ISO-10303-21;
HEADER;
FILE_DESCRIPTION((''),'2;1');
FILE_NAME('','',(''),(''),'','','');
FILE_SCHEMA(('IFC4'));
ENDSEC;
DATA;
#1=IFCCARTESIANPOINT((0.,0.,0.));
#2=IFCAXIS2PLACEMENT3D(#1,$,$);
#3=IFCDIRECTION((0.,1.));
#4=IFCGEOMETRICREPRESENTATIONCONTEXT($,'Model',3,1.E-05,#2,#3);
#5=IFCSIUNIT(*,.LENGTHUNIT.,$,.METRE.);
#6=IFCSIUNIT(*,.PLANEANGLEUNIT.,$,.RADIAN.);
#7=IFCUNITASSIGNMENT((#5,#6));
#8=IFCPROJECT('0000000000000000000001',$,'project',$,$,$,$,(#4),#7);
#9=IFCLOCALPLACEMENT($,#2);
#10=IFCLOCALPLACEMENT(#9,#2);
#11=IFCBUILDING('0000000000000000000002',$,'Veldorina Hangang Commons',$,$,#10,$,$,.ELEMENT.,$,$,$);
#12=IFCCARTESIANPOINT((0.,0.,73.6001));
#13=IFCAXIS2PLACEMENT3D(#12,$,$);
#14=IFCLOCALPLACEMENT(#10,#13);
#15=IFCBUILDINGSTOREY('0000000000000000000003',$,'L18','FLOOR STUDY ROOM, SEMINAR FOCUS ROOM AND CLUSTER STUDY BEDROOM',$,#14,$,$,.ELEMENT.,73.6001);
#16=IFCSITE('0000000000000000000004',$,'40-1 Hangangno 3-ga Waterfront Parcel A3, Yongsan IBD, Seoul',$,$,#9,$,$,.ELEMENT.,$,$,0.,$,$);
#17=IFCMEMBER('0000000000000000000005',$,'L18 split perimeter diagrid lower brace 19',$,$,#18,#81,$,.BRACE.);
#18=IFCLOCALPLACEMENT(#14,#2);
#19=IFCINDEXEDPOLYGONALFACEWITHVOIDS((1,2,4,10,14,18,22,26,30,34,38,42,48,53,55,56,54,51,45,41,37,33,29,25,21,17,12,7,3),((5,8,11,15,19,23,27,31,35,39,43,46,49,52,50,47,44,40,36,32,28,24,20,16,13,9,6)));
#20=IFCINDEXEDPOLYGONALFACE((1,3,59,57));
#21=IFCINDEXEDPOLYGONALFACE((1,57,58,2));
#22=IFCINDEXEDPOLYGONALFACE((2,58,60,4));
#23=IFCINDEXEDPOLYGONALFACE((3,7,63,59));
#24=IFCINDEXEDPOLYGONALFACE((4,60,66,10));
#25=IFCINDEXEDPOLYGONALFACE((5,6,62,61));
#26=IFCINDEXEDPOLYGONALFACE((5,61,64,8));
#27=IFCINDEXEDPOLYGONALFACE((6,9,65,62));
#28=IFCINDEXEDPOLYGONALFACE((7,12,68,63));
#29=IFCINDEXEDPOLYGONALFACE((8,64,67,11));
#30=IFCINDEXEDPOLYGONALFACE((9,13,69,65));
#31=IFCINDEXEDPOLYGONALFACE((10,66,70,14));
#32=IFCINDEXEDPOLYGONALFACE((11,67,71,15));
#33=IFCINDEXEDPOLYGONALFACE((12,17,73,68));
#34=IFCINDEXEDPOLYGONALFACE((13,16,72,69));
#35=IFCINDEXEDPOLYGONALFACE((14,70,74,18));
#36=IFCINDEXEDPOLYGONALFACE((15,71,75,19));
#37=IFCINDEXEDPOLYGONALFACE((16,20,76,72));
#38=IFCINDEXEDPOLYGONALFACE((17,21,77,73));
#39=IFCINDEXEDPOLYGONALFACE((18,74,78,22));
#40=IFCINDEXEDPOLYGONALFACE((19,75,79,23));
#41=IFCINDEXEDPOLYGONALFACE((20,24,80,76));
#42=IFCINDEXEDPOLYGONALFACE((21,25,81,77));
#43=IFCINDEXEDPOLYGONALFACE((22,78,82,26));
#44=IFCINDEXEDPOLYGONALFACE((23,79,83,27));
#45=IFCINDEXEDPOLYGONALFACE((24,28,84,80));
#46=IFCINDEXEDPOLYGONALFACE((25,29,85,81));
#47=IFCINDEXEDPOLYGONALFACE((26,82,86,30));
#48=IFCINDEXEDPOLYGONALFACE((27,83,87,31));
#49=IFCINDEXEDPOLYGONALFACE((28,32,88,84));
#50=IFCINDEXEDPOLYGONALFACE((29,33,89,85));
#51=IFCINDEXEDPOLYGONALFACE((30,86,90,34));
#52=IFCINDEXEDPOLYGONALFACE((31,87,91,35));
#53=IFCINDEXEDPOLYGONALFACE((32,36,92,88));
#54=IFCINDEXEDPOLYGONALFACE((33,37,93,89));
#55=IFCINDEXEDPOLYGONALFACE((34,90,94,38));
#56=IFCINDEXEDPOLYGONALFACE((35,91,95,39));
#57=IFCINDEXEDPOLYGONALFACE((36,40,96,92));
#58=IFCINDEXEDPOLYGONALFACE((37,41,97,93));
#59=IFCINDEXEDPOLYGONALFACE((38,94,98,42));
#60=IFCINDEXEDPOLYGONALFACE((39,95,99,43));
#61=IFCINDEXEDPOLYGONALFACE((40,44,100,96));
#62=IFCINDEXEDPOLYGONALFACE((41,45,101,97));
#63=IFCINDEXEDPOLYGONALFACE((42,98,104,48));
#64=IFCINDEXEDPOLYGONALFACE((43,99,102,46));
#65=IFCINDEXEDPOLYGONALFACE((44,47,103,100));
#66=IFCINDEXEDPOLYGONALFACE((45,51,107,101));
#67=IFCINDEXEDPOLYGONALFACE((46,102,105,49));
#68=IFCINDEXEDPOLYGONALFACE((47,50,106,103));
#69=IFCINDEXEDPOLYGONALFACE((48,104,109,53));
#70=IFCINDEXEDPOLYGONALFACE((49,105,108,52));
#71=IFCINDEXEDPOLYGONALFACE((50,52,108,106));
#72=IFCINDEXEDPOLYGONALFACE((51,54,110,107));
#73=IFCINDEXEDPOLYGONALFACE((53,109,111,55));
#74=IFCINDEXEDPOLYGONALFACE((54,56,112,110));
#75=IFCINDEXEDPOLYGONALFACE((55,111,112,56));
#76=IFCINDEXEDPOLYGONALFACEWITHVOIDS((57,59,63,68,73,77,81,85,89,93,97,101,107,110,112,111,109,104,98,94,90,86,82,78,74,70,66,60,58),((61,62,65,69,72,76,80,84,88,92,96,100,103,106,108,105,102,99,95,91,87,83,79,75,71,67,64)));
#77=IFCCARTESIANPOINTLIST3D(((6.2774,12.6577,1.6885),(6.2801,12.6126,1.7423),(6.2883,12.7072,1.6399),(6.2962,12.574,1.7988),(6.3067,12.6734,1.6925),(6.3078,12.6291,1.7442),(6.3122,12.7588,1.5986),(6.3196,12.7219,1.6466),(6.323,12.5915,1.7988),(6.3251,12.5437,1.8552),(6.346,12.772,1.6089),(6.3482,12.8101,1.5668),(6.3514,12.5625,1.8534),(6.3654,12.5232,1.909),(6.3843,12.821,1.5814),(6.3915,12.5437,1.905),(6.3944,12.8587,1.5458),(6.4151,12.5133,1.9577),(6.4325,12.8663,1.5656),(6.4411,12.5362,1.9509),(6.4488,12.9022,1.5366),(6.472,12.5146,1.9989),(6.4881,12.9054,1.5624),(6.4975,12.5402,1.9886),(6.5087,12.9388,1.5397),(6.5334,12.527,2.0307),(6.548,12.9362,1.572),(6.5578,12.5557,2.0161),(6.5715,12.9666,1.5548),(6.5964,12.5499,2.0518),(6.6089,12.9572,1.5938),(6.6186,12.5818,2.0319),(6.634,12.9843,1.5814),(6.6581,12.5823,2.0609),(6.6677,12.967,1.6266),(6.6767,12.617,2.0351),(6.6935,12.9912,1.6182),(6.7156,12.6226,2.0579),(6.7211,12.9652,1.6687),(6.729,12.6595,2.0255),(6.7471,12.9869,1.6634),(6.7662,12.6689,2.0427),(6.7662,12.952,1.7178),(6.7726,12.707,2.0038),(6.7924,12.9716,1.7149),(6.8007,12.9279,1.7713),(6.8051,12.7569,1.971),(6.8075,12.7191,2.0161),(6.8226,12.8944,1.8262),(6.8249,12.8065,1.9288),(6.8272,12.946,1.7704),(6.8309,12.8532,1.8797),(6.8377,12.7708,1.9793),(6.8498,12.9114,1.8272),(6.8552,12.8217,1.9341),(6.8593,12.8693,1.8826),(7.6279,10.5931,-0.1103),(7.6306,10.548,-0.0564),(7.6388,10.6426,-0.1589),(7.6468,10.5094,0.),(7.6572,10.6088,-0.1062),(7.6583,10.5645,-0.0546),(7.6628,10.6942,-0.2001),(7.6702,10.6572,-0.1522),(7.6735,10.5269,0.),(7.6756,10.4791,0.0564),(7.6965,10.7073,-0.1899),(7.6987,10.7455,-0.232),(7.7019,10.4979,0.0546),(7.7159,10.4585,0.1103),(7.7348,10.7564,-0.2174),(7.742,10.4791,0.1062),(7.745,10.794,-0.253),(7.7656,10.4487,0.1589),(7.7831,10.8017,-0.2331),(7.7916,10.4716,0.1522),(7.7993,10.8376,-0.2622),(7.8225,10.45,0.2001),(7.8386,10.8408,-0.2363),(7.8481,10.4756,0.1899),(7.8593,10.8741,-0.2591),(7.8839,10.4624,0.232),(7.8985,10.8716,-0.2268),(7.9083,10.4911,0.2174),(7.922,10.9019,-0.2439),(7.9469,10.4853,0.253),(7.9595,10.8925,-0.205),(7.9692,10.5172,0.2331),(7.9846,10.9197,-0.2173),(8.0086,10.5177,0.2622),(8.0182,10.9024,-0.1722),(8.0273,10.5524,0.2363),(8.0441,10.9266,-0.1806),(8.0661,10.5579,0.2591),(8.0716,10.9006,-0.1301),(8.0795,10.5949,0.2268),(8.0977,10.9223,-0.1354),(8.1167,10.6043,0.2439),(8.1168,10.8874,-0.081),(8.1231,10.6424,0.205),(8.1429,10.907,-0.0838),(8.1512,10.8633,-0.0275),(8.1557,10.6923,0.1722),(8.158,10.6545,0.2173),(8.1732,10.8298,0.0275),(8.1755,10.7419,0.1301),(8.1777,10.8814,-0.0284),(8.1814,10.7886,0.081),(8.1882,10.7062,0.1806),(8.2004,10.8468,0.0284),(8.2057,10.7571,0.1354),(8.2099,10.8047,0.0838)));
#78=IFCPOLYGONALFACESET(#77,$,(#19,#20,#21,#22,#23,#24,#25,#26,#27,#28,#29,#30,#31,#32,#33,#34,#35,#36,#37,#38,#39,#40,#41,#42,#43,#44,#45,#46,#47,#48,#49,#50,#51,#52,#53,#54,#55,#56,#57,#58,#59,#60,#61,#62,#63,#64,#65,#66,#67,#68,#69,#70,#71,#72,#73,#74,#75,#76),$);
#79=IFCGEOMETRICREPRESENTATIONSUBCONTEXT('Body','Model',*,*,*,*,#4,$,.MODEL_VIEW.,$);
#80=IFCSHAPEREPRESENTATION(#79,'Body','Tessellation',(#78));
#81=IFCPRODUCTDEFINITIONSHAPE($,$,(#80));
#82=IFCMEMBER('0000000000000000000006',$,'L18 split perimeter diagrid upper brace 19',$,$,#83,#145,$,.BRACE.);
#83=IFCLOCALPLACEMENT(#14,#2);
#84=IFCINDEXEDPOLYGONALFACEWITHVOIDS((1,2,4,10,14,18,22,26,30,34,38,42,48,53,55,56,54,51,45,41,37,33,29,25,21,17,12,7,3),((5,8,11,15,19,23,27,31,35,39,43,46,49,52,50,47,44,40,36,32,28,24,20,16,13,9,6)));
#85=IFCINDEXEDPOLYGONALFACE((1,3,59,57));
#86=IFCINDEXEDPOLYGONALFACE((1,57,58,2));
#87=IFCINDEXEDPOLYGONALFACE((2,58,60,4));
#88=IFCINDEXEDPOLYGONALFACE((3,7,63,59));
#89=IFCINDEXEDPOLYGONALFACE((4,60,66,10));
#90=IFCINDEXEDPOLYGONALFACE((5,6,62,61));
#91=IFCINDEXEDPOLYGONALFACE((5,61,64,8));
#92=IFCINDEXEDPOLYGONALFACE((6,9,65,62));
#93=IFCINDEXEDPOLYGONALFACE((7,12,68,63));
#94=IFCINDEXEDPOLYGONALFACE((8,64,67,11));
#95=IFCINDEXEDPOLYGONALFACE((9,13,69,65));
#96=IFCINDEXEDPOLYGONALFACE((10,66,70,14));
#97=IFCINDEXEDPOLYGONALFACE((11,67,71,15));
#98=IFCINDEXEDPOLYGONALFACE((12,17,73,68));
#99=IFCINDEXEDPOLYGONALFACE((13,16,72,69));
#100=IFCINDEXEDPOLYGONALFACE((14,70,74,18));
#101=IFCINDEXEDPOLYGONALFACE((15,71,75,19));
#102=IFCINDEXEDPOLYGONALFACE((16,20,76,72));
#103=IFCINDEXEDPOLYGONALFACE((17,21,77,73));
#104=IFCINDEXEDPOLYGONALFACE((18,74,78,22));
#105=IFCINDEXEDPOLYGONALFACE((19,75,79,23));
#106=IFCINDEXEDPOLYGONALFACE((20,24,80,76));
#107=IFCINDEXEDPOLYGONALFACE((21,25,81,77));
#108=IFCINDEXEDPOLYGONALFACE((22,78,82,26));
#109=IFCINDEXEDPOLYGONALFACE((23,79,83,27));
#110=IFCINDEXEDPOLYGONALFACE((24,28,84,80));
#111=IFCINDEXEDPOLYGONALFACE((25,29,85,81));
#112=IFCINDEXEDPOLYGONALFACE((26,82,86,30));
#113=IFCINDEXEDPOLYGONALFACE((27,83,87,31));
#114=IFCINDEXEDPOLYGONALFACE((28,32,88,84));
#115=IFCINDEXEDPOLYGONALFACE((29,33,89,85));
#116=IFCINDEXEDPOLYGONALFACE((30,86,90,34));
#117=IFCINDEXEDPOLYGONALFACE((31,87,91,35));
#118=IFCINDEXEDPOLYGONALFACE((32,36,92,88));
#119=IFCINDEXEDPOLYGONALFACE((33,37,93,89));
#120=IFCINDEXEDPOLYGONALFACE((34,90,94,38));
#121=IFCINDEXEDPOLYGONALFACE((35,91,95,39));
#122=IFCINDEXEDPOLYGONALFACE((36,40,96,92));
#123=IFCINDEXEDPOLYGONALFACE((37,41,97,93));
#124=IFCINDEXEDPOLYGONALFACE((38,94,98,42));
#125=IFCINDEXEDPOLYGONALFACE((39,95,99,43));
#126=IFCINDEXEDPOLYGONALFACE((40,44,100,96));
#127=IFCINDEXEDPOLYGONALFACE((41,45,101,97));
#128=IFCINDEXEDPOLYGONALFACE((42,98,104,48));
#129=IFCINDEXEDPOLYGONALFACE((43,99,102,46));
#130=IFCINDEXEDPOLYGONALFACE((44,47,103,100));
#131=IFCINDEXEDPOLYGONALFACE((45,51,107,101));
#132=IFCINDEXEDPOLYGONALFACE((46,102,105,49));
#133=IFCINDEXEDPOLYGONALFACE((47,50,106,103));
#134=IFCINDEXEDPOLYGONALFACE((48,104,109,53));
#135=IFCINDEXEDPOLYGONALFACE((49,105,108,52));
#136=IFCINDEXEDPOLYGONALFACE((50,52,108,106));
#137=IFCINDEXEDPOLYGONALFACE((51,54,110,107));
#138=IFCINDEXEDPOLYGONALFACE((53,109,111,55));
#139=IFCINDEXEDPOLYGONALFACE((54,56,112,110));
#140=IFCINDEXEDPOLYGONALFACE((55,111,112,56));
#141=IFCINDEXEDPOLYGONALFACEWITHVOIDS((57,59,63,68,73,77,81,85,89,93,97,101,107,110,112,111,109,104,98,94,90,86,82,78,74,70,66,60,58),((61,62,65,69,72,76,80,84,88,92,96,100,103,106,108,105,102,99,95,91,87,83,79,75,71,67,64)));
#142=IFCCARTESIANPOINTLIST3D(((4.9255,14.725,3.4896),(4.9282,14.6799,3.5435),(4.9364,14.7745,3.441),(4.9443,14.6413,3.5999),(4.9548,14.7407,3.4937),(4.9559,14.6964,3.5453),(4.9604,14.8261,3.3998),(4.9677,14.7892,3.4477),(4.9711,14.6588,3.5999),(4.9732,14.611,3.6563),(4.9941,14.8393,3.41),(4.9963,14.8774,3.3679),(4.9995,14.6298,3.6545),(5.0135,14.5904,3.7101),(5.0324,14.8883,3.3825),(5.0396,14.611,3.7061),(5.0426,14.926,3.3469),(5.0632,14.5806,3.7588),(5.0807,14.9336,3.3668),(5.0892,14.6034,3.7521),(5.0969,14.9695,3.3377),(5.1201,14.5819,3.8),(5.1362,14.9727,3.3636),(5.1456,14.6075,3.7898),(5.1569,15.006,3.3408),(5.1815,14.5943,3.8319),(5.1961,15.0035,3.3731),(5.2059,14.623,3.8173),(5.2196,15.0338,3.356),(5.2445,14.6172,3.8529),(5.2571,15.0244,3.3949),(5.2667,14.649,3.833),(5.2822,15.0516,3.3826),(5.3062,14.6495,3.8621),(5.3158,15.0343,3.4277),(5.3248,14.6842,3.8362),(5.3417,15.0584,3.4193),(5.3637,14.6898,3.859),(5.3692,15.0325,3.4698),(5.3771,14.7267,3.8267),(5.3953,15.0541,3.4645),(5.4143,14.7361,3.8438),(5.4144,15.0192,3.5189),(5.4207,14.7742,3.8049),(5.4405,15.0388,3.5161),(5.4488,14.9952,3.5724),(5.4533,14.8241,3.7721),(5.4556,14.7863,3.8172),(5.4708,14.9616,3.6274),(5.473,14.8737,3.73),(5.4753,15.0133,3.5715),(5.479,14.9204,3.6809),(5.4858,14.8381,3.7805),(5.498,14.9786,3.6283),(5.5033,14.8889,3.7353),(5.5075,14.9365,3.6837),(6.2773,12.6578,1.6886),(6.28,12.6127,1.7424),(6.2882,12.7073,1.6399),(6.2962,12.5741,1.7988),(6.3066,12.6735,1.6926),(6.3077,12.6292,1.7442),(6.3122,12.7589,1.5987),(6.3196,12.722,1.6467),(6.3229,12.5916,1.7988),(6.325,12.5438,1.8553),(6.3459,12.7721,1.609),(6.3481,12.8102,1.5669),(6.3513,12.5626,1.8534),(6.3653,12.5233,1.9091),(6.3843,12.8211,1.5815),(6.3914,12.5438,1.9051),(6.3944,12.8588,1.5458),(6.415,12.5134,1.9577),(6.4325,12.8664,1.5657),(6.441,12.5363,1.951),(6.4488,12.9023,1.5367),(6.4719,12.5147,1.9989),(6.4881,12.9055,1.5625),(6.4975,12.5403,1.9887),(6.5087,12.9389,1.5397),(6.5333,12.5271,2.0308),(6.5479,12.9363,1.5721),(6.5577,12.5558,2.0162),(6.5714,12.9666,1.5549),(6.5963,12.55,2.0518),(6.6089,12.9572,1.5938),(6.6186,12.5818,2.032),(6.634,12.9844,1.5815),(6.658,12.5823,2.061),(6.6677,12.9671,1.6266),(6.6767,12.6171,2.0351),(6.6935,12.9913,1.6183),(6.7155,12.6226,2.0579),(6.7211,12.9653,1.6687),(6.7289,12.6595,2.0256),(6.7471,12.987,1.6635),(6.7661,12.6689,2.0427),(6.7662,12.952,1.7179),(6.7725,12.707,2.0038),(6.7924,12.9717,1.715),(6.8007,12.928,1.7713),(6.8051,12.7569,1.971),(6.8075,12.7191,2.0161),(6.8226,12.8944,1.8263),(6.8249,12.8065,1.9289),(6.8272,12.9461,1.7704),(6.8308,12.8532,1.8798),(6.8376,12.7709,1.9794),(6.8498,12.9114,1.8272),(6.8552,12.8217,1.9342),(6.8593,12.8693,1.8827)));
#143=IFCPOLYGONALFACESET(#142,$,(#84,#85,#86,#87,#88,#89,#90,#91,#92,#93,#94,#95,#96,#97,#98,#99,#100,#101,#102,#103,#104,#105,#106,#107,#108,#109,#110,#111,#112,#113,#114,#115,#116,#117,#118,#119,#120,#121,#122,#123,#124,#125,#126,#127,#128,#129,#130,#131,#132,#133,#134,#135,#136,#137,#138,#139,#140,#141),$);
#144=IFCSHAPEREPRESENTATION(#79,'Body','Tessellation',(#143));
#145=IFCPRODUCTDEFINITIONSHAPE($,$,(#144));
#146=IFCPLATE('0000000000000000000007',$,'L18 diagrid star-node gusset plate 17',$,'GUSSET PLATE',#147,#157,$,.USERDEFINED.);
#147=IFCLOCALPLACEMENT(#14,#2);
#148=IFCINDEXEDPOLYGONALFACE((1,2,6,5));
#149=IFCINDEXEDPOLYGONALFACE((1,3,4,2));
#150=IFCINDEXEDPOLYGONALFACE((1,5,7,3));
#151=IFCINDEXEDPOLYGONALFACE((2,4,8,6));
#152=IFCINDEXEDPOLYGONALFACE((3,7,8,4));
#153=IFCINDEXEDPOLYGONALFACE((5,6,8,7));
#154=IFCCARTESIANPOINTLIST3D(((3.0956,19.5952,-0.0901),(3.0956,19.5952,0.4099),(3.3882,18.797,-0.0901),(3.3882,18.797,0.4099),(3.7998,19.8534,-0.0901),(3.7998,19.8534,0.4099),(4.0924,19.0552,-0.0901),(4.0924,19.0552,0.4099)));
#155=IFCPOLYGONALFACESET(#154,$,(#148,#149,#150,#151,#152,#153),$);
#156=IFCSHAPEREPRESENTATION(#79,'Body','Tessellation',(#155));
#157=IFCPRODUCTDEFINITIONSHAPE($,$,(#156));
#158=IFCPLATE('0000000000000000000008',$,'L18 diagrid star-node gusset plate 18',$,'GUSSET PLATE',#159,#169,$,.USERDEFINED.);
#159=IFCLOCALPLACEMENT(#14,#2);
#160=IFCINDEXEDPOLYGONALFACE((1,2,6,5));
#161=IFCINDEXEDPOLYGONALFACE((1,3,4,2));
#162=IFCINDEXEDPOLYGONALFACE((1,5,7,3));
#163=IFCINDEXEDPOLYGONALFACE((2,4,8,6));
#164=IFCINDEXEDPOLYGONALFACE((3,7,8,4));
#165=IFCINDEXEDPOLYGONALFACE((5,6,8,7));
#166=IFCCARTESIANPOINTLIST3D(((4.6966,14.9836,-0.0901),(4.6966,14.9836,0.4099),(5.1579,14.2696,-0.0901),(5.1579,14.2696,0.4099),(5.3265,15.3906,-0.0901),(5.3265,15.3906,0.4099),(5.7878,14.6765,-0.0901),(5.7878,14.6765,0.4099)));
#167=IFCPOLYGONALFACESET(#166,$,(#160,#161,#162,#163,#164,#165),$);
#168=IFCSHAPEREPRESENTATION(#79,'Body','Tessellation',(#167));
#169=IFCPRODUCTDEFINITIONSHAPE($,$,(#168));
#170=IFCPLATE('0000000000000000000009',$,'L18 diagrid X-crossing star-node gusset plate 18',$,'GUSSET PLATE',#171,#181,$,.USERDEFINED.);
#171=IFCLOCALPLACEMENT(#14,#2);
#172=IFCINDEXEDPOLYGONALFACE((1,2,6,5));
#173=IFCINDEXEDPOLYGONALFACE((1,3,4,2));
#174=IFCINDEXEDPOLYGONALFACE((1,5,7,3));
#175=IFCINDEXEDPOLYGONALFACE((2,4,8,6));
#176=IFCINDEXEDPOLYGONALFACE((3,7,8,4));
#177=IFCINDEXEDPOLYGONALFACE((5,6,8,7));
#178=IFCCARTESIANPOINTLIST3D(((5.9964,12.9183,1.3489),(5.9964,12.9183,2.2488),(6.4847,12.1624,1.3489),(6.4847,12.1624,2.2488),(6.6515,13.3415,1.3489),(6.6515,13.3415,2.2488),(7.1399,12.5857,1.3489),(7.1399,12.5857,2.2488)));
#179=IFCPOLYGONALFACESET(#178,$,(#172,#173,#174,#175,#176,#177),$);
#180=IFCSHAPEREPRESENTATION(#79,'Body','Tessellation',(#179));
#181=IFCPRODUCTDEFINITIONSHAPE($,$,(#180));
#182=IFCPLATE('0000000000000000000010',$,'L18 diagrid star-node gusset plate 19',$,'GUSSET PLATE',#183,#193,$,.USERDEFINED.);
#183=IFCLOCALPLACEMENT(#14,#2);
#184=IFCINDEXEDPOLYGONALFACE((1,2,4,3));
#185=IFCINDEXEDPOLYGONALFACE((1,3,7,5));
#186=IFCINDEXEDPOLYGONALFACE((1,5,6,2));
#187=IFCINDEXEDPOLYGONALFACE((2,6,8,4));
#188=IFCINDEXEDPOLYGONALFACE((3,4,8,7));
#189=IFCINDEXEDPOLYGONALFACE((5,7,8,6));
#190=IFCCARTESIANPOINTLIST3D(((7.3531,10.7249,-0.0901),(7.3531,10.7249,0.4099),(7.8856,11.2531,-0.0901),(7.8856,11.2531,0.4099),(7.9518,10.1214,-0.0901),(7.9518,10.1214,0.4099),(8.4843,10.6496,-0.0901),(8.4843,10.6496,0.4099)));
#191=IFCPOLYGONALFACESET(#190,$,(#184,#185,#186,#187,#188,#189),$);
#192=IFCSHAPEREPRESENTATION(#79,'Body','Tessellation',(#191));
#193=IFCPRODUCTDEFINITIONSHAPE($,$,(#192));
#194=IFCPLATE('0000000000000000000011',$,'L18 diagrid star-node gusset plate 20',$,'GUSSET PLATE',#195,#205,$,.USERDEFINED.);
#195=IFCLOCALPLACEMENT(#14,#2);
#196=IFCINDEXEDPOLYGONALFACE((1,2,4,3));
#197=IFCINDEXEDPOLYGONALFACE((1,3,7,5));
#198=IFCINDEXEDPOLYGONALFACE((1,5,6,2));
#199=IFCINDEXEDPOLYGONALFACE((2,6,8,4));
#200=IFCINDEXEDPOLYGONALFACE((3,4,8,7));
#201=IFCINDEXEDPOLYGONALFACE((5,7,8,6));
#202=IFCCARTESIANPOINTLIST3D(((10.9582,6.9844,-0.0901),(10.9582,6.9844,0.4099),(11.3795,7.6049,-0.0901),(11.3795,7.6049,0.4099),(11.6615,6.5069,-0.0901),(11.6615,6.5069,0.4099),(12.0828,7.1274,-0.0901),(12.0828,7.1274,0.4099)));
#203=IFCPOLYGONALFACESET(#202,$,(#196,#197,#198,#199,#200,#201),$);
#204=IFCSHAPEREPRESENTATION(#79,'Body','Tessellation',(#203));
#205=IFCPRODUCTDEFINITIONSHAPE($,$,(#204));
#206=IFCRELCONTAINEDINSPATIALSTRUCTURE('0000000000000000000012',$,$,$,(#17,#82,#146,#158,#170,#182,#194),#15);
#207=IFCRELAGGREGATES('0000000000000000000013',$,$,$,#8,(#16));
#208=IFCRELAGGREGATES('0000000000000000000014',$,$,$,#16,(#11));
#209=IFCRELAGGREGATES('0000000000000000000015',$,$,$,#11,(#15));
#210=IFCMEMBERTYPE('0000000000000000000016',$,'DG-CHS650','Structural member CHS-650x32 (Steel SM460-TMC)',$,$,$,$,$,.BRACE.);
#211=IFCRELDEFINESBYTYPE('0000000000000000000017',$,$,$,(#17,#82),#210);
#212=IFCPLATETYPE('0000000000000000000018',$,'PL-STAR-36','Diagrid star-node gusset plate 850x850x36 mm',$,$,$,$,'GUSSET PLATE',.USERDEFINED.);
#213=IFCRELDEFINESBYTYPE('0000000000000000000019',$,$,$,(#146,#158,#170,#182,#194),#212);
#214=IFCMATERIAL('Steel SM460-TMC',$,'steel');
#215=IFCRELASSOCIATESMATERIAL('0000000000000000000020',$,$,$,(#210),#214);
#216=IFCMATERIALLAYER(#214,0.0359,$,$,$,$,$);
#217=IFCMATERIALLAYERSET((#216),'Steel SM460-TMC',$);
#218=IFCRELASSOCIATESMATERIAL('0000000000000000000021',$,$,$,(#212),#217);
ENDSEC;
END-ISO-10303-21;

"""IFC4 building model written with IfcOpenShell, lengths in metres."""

from ifc_helpers import new_model, si_unit, direction, frame, origin, origin_2d, place, context, subcontext, project, spatial, rectangle, hollow_circle, extrude, material, layer, layer_set, material_profile, profile_set, type_object, element, save


model = new_model("IFC4")

# Units and contexts
model_context = context("Model", 3, precision=1e-05, world=origin(), true_north=direction((0.0, 1.0)))
body_context = subcontext(model_context, "Body", "Model", "MODEL_VIEW")
ifc_project = project(units=[si_unit("LENGTHUNIT", "METRE"), si_unit("PLANEANGLEUNIT", "RADIAN")], contexts=[model_context])

# Site, building, storey
site_placement = place(None, origin())
site = spatial("IfcSite", under=ifc_project, at=site_placement, Name="40-1 Hangangno 3-ga Waterfront Parcel A3, Yongsan IBD, Seoul", CompositionType="ELEMENT", RefElevation=0.0)
building_placement = place(site_placement, origin())
building = spatial("IfcBuilding", under=site, at=building_placement, Name="Veldorina Hangang Commons", CompositionType="ELEMENT")
storey_placement = place(building_placement, frame((0.0, 0.0, 73.6001)))
storey = spatial("IfcBuildingStorey", under=building, at=storey_placement, Name="L18", Description="FLOOR STUDY ROOM, SEMINAR FOCUS ROOM AND CLUSTER STUDY BEDROOM", CompositionType="ELEMENT", Elevation=73.6001)

# Members
ifc_material_1 = material(Name="Steel SM460-TMC", Category="steel")
ifc_material_profile_1 = material_profile(ifc_material_1, hollow_circle(Radius=0.325, WallThickness=0.032, at=origin_2d()), Name="CHS-650x32")
ifc_profile_set_1 = profile_set([ifc_material_profile_1], Name="Steel SM460-TMC")
member_type = type_object("IfcMemberType", Name="DG-CHS650", Description="Structural member CHS-650x32 (Steel SM460-TMC)", PredefinedType="BRACE", material=ifc_profile_set_1)
member_1_placement = place(storey_placement, frame((7.9187, 10.6873, 0.0), z_axis=(-0.442332, 0.676211, 0.589136), x_axis=(-0.83686, -0.547417, 0.0)))
element("IfcMember", 1, at=member_1_placement, inside=storey, type_object=member_type, Name="L18 split perimeter diagrid lower brace 19", PredefinedType="BRACE", context=body_context, shape_type="SweptSolid", body=[
    extrude(hollow_circle(Radius=0.325, WallThickness=0.032, at=origin_2d()), origin(), (0.0, 0.0, 1.0), 3.0532),
])
member_2_placement = place(storey_placement, frame((6.5681, 12.752, 1.7988), z_axis=(-0.442227, 0.676239, 0.589183), x_axis=(-0.83693, -0.547311, 0.0)))
element("IfcMember", 2, at=member_2_placement, inside=storey, type_object=member_type, Name="L18 split perimeter diagrid upper brace 19", PredefinedType="BRACE", context=body_context, shape_type="SweptSolid", body=[
    extrude(hollow_circle(Radius=0.325, WallThickness=0.032, at=origin_2d()), origin(), (0.0, 0.0, 1.0), 3.0569),
])

# Plates
ifc_layer_1 = layer(ifc_material_1, 0.0359)
ifc_layer_set_1 = layer_set([ifc_layer_1], Name="Steel SM460-TMC")
plate_type = type_object("IfcPlateType", Name="PL-STAR-36", Description="Diagrid star-node gusset plate 850x850x36 mm", ElementType="GUSSET PLATE", PredefinedType="USERDEFINED", material=ifc_layer_set_1)
for number, where, z_axis, x_axis, name in (
    (3, (3.594, 19.3252, -0.0901), (0.0, 0.0, 1.0), (0.344233, -0.938884, 0.0), "L18 diagrid star-node gusset plate 17"),
    (4, (5.2422, 14.8301, -0.0901), (0.0, 0.0, 1.0), (0.542647, -0.839961, 0.0), "L18 diagrid star-node gusset plate 18"),
):
    element("IfcPlate", number, at=place(storey_placement, frame(where, z_axis=z_axis, x_axis=x_axis)), inside=storey, type_object=plate_type, Name=name, ObjectType="GUSSET PLATE", PredefinedType="USERDEFINED", context=body_context, shape_type="SweptSolid", body=[
        extrude(rectangle(XDim=0.8501, YDim=0.75, at=origin_2d()), origin(), (0.0, 0.0, 1.0), 0.5),
    ])
plate_placement = place(storey_placement, frame((6.5681, 12.752, 1.3489), z_axis=(0.0, 0.0, 1.0), x_axis=(0.542647, -0.839961, 0.0)))
element("IfcPlate", 5, at=plate_placement, inside=storey, type_object=plate_type, Name="L18 diagrid X-crossing star-node gusset plate 18", ObjectType="GUSSET PLATE", PredefinedType="USERDEFINED", context=body_context, shape_type="SweptSolid", body=[
    extrude(rectangle(XDim=0.8999, YDim=0.78, at=origin_2d()), origin(), (0.0, 0.0, 1.0), 0.8999),
])
for number, where, z_axis, x_axis, name in (
    (6, (7.9187, 10.6873, -0.0901), (0.0, 0.0, 1.0), (0.704238, -0.709964, 0.0), "L18 diagrid star-node gusset plate 19"),
    (7, (11.5205, 7.0559, -0.0901), (0.0, 0.0, 1.0), (0.827316, -0.561737, 0.0), "L18 diagrid star-node gusset plate 20"),
):
    element("IfcPlate", number, at=place(storey_placement, frame(where, z_axis=z_axis, x_axis=x_axis)), inside=storey, type_object=plate_type, Name=name, ObjectType="GUSSET PLATE", PredefinedType="USERDEFINED", context=body_context, shape_type="SweptSolid", body=[
        extrude(rectangle(XDim=0.8501, YDim=0.75, at=origin_2d()), origin(), (0.0, 0.0, 1.0), 0.5),
    ])

save(model, "model.ifc")
